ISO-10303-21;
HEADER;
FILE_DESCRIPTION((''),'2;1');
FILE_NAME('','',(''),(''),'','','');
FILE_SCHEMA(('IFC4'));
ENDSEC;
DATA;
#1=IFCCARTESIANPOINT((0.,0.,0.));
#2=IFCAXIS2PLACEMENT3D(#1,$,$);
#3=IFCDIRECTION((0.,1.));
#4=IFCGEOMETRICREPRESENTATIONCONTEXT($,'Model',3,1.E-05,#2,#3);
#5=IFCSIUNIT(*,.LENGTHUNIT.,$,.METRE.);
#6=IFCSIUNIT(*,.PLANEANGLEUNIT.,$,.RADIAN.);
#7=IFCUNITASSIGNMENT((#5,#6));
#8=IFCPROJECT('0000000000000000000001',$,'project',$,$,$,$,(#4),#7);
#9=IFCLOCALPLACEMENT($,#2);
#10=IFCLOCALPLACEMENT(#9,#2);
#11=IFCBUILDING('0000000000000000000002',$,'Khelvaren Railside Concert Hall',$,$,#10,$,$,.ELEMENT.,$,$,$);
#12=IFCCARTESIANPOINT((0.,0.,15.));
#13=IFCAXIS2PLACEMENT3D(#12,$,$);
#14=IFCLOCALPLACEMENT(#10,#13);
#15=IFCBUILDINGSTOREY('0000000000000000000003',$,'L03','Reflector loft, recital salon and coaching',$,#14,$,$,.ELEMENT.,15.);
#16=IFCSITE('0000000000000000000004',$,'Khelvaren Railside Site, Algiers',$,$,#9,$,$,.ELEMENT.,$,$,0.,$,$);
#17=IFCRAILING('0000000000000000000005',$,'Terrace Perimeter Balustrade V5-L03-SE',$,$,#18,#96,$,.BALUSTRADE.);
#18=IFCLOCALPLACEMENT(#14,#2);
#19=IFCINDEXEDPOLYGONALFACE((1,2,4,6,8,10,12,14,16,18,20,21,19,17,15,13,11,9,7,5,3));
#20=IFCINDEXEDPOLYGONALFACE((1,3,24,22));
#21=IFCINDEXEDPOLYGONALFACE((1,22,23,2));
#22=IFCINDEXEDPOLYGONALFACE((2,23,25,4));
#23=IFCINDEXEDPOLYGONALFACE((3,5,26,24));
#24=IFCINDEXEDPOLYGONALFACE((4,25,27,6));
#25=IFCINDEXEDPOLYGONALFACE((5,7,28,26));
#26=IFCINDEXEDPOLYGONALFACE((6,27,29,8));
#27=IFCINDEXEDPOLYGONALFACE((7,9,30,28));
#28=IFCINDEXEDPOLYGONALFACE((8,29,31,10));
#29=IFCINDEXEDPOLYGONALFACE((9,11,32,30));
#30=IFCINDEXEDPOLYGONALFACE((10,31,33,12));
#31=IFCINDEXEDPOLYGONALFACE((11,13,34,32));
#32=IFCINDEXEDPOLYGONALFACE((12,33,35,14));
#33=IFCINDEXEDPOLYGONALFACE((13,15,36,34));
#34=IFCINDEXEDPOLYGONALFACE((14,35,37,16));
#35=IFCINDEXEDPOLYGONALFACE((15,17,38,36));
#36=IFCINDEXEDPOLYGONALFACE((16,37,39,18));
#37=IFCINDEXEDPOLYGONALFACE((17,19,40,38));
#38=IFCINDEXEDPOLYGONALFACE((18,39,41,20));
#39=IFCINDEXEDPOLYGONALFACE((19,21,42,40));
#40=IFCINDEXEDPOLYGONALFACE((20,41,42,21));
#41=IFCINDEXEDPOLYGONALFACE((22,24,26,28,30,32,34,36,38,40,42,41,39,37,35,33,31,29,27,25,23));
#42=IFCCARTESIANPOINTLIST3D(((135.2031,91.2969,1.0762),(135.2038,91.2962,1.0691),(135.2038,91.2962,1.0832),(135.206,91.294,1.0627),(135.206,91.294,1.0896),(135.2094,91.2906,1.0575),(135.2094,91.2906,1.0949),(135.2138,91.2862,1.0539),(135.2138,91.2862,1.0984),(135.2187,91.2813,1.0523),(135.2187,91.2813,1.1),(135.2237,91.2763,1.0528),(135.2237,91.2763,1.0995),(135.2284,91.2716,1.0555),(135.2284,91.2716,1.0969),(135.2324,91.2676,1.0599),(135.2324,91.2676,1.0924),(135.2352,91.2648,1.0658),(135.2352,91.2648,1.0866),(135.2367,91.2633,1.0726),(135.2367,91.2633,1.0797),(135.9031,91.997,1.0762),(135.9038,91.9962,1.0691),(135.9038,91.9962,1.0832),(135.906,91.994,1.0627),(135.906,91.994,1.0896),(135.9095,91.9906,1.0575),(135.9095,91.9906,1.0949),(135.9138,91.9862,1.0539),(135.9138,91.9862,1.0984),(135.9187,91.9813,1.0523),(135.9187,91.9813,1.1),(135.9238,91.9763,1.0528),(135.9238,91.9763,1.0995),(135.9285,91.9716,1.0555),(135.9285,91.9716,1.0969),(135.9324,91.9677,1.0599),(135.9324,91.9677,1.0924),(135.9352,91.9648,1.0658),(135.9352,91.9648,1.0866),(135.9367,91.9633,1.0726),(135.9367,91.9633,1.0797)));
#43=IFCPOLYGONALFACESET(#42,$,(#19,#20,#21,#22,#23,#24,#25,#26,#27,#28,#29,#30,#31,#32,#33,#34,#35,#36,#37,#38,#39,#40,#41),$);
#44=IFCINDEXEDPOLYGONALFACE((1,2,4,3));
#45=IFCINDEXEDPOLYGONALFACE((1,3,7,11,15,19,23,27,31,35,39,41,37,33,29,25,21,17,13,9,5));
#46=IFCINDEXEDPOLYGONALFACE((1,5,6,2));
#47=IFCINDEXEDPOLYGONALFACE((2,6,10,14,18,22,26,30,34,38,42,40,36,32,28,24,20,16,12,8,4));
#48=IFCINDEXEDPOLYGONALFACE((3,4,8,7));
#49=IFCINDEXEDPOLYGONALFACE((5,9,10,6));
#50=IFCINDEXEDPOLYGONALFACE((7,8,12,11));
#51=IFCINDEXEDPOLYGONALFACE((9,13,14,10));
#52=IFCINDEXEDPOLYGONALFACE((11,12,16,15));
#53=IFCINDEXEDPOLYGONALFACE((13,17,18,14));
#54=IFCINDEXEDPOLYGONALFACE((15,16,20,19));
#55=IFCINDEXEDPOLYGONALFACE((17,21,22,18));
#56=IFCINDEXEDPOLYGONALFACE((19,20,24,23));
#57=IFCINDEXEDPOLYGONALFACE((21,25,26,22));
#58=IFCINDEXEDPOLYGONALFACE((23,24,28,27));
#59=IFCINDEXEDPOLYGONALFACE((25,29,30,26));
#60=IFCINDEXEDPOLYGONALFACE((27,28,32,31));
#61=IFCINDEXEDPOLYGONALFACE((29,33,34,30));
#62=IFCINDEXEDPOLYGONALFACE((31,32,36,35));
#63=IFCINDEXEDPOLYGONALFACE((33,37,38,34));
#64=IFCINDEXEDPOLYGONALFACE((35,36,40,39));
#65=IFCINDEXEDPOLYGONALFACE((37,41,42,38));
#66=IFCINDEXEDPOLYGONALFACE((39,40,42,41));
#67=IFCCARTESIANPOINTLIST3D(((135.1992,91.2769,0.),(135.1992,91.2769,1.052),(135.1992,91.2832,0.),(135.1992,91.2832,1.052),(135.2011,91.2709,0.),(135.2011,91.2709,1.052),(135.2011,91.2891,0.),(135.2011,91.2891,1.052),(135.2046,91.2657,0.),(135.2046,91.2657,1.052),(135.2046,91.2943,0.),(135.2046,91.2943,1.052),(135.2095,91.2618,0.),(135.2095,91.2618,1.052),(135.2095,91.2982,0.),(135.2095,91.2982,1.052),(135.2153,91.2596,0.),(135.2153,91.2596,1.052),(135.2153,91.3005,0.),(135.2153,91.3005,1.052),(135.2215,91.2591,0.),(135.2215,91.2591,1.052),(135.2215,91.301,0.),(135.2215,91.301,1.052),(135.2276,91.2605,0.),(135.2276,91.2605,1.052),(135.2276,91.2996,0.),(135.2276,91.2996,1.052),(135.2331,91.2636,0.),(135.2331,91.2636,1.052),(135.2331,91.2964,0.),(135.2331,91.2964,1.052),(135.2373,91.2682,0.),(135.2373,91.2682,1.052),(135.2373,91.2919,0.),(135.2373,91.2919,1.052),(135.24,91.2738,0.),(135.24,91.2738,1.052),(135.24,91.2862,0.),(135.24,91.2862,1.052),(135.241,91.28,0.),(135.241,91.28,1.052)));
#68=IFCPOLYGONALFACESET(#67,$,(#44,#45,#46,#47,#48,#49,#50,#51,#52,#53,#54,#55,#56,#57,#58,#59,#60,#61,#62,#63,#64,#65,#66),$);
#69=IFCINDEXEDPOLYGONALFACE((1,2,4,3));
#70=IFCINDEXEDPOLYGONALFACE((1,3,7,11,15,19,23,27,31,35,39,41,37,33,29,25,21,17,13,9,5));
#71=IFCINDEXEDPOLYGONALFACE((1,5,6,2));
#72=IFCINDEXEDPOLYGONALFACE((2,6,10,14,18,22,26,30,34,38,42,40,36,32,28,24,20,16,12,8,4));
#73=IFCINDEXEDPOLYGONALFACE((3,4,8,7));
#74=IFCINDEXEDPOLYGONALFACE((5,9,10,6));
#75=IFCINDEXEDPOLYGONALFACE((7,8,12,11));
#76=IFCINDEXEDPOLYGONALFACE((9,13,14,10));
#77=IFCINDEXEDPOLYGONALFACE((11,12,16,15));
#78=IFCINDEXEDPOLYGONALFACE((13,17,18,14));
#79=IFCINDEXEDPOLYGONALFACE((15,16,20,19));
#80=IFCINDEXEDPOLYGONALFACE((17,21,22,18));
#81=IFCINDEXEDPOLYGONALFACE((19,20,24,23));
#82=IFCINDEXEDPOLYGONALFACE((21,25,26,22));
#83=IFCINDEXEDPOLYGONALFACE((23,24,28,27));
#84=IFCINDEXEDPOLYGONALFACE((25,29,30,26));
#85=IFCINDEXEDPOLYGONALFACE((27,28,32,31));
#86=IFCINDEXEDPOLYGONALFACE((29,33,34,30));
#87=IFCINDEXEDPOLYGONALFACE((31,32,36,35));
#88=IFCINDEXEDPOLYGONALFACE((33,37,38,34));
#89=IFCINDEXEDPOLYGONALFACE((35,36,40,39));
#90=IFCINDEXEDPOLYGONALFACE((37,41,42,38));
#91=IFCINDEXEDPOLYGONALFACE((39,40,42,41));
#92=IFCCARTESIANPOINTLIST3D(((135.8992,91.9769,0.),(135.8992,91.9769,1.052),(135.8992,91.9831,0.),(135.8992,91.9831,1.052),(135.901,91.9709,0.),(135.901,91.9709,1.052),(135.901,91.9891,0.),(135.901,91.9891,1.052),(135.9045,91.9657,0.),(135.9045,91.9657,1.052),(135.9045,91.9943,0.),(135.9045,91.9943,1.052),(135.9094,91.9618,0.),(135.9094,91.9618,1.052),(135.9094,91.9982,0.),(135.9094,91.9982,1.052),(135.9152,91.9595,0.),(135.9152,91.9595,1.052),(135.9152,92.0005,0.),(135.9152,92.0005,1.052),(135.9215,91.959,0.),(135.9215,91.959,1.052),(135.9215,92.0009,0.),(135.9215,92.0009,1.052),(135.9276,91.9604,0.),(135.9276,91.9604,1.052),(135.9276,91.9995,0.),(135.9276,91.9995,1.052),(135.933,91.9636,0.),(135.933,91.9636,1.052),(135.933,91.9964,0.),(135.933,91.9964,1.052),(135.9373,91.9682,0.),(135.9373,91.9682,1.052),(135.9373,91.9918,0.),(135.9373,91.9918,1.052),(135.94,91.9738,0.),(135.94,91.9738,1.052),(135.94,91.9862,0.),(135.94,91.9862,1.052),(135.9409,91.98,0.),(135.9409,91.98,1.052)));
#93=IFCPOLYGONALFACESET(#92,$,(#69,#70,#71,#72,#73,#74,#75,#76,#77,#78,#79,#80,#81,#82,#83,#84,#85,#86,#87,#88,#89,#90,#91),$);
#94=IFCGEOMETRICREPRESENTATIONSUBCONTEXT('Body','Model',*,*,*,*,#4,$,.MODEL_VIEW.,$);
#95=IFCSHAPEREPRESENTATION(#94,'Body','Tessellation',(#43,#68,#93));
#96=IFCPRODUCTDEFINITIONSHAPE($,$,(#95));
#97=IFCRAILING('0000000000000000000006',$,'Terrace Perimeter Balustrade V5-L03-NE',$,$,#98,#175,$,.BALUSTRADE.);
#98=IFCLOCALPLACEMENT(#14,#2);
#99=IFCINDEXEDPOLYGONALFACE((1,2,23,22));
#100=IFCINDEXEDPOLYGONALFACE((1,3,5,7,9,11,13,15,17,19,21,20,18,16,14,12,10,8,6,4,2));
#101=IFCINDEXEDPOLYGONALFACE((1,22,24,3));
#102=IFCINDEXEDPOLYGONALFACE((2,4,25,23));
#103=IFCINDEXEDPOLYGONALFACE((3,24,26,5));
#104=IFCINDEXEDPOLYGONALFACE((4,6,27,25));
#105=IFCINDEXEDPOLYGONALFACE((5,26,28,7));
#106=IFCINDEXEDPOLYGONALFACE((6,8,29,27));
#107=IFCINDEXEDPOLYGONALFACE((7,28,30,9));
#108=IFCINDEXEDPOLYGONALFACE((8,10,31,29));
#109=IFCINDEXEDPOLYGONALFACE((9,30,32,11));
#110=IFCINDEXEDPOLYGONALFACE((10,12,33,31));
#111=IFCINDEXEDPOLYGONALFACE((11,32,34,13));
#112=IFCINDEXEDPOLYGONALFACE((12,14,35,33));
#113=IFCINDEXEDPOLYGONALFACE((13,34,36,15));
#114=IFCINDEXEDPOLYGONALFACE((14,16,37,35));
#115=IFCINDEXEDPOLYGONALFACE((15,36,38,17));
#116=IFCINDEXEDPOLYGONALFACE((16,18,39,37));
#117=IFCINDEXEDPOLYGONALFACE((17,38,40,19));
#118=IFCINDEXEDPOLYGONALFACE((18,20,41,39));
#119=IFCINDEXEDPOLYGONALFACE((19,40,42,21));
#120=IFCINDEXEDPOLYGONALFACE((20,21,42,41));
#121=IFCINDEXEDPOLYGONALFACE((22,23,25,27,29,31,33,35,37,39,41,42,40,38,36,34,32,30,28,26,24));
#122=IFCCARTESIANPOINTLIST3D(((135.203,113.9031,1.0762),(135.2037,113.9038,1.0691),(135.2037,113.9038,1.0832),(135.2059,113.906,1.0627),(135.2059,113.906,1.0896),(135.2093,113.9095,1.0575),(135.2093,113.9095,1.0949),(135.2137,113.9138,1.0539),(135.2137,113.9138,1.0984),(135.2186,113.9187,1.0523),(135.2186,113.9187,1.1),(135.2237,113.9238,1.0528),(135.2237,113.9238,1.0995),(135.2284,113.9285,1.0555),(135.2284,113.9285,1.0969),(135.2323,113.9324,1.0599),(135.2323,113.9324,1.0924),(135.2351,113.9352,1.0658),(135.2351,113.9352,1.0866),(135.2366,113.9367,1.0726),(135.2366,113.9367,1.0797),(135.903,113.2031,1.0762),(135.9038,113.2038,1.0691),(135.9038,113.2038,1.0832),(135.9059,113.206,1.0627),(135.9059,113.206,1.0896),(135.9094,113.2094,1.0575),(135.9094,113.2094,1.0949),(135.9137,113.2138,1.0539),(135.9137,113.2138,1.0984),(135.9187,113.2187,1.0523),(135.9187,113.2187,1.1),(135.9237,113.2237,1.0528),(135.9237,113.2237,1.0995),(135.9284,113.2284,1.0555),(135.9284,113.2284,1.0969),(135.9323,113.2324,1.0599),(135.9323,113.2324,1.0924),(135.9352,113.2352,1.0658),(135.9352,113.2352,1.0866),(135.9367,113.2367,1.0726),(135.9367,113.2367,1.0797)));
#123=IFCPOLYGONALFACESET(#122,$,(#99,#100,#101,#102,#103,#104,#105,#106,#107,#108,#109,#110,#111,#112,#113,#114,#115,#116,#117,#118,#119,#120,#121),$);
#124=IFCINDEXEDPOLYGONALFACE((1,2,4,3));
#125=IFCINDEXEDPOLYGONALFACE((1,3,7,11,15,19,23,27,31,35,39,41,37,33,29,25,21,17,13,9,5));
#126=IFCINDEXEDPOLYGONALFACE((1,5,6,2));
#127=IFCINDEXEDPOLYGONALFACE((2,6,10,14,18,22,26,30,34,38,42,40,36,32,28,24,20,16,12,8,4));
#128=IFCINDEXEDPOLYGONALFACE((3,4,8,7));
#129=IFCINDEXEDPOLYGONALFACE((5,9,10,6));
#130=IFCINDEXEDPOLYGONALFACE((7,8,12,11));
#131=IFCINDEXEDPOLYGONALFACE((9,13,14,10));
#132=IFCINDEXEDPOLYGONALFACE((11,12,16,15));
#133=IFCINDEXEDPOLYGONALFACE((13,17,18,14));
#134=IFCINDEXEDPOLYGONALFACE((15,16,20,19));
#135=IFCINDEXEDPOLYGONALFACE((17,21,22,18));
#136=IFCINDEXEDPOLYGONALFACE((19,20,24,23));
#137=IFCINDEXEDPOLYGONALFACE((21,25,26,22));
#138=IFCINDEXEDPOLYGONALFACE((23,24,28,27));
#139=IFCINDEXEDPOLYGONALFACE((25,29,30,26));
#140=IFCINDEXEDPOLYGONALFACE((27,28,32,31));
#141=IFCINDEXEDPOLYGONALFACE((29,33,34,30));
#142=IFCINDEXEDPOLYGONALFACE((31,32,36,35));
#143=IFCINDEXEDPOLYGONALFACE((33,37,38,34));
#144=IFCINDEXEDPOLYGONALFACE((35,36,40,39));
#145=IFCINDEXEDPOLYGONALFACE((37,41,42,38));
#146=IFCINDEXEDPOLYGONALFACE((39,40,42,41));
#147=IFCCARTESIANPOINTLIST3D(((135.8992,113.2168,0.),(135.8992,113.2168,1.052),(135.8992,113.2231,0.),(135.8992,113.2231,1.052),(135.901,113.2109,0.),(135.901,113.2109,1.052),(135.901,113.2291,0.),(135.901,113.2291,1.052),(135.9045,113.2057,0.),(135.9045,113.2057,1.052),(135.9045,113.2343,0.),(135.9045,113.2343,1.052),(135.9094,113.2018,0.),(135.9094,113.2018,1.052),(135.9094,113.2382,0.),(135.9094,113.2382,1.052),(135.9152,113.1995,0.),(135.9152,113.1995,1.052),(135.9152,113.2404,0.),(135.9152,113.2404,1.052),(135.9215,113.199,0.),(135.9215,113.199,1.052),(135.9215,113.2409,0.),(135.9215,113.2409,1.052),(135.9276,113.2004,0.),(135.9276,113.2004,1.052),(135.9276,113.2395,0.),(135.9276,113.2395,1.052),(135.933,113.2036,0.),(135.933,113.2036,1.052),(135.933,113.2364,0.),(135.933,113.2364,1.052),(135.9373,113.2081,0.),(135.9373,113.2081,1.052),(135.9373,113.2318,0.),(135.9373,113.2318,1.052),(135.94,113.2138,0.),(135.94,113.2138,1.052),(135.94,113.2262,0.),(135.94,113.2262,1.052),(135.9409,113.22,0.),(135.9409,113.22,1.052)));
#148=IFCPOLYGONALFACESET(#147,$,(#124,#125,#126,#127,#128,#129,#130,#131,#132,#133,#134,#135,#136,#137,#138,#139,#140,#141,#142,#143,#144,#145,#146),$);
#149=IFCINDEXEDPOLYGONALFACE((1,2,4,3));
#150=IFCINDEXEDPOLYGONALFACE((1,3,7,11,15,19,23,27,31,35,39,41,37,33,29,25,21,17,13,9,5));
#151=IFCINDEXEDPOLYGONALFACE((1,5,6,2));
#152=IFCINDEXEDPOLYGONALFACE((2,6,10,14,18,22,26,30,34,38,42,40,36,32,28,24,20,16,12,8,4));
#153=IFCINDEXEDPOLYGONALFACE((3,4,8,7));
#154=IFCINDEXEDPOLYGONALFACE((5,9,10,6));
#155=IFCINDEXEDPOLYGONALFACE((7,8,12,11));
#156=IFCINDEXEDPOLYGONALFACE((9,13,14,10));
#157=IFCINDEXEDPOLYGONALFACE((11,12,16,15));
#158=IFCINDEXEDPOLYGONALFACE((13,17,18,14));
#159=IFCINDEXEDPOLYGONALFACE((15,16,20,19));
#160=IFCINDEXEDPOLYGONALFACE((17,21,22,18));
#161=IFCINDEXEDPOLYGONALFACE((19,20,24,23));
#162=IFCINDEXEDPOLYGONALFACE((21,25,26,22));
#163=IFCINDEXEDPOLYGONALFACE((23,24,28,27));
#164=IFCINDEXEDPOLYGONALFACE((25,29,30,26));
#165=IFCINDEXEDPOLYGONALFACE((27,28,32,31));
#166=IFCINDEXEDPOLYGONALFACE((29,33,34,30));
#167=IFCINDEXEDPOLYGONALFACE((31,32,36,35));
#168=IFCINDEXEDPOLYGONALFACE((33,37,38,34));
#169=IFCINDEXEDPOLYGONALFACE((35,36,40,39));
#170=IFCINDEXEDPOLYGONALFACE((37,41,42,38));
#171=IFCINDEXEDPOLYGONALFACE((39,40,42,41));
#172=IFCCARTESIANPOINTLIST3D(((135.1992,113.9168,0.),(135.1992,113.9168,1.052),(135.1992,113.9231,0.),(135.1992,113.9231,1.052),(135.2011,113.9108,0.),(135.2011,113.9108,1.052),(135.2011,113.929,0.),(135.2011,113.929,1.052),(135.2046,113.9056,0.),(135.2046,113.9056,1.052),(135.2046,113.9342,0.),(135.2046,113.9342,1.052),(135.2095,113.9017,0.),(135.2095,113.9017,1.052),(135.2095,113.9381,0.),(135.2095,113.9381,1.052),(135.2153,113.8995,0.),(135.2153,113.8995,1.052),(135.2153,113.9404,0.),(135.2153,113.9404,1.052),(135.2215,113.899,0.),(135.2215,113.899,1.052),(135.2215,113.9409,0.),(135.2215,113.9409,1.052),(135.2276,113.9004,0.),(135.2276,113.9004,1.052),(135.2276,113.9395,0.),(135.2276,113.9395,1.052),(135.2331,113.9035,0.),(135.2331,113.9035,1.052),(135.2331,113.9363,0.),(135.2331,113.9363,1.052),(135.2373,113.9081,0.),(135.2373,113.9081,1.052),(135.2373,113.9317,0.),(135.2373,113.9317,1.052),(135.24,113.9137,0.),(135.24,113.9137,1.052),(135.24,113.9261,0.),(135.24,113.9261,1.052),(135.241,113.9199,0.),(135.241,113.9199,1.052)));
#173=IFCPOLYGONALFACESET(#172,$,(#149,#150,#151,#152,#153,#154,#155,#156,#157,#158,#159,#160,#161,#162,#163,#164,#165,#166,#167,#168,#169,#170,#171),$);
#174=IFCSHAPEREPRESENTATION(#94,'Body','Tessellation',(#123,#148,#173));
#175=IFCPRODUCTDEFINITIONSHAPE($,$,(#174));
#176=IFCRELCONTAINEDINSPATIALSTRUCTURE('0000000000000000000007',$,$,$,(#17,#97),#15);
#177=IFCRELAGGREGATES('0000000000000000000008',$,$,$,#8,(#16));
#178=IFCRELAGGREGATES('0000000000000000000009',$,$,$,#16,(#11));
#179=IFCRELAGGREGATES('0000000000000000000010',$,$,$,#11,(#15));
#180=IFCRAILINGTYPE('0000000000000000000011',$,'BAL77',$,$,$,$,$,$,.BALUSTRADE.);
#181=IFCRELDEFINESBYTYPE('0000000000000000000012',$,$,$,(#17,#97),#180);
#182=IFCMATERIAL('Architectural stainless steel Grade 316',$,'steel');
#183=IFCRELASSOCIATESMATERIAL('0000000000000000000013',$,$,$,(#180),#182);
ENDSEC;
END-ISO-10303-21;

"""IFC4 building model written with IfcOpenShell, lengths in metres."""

from ifc_helpers import new_model, si_unit, direction, frame, origin, origin_2d, place, context, subcontext, project, spatial, circle, extrude, material, type_object, element, save


model = new_model("IFC4")

# Units and contexts
model_context = context("Model", 3, precision=1e-05, world=origin(), true_north=direction((0.0, 1.0)))
body_context = subcontext(model_context, "Body", "Model", "MODEL_VIEW")
ifc_project = project(units=[si_unit("LENGTHUNIT", "METRE"), si_unit("PLANEANGLEUNIT", "RADIAN")], contexts=[model_context])

# Site, building, storey
site_placement = place(None, origin())
site = spatial("IfcSite", under=ifc_project, at=site_placement, Name="Khelvaren Railside Site, Algiers", CompositionType="ELEMENT", RefElevation=0.0)
building_placement = place(site_placement, origin())
building = spatial("IfcBuilding", under=site, at=building_placement, Name="Khelvaren Railside Concert Hall", CompositionType="ELEMENT")
storey_placement = place(building_placement, frame((0.0, 0.0, 15.0)))
storey = spatial("IfcBuildingStorey", under=building, at=storey_placement, Name="L03", Description="Reflector loft, recital salon and coaching", CompositionType="ELEMENT", Elevation=15.0)

# Railings
ifc_material_1 = material(Name="Architectural stainless steel Grade 316", Category="steel")
railing_type = type_object("IfcRailingType", Name="BAL77", PredefinedType="BALUSTRADE", material=ifc_material_1)
railing_1_placement = place(storey_placement, frame((135.22, 91.28, 0.0)))
element("IfcRailing", 1, at=railing_1_placement, inside=storey, type_object=railing_type, Name="Terrace Perimeter Balustrade V5-L03-SE", PredefinedType="BALUSTRADE", context=body_context, shape_type="SweptSolid", body=[
    extrude(circle(Radius=0.0239, at=origin_2d()), frame((0.0, 0.0, 1.0762), z_axis=(0.707107, 0.707107, 0.0), x_axis=(-0.707107, 0.707107, 0.0)), (0.0, 0.0, 1.0), 0.99),
    extrude(circle(Radius=0.021, at=origin_2d()), origin(), (0.0, 0.0, 1.0), 1.052),
    extrude(circle(Radius=0.021, at=origin_2d()), frame((0.7, 0.7, 0.0)), (0.0, 0.0, 1.0), 1.052),
])
railing_2_placement = place(storey_placement, frame((135.9199, 113.22, 0.0)))
element("IfcRailing", 2, at=railing_2_placement, inside=storey, type_object=railing_type, Name="Terrace Perimeter Balustrade V5-L03-NE", PredefinedType="BALUSTRADE", context=body_context, shape_type="SweptSolid", body=[
    extrude(circle(Radius=0.0239, at=origin_2d()), frame((0.0, 0.0, 1.0762), z_axis=(-0.707107, 0.707107, 0.0), x_axis=(-0.707107, -0.707107, 0.0)), (0.0, 0.0, 1.0), 0.99),
    extrude(circle(Radius=0.021, at=origin_2d()), origin(), (0.0, 0.0, 1.0), 1.052),
    extrude(circle(Radius=0.021, at=origin_2d()), frame((-0.7, 0.7, 0.0)), (0.0, 0.0, 1.0), 1.052),
])

save(model, "model.ifc")
